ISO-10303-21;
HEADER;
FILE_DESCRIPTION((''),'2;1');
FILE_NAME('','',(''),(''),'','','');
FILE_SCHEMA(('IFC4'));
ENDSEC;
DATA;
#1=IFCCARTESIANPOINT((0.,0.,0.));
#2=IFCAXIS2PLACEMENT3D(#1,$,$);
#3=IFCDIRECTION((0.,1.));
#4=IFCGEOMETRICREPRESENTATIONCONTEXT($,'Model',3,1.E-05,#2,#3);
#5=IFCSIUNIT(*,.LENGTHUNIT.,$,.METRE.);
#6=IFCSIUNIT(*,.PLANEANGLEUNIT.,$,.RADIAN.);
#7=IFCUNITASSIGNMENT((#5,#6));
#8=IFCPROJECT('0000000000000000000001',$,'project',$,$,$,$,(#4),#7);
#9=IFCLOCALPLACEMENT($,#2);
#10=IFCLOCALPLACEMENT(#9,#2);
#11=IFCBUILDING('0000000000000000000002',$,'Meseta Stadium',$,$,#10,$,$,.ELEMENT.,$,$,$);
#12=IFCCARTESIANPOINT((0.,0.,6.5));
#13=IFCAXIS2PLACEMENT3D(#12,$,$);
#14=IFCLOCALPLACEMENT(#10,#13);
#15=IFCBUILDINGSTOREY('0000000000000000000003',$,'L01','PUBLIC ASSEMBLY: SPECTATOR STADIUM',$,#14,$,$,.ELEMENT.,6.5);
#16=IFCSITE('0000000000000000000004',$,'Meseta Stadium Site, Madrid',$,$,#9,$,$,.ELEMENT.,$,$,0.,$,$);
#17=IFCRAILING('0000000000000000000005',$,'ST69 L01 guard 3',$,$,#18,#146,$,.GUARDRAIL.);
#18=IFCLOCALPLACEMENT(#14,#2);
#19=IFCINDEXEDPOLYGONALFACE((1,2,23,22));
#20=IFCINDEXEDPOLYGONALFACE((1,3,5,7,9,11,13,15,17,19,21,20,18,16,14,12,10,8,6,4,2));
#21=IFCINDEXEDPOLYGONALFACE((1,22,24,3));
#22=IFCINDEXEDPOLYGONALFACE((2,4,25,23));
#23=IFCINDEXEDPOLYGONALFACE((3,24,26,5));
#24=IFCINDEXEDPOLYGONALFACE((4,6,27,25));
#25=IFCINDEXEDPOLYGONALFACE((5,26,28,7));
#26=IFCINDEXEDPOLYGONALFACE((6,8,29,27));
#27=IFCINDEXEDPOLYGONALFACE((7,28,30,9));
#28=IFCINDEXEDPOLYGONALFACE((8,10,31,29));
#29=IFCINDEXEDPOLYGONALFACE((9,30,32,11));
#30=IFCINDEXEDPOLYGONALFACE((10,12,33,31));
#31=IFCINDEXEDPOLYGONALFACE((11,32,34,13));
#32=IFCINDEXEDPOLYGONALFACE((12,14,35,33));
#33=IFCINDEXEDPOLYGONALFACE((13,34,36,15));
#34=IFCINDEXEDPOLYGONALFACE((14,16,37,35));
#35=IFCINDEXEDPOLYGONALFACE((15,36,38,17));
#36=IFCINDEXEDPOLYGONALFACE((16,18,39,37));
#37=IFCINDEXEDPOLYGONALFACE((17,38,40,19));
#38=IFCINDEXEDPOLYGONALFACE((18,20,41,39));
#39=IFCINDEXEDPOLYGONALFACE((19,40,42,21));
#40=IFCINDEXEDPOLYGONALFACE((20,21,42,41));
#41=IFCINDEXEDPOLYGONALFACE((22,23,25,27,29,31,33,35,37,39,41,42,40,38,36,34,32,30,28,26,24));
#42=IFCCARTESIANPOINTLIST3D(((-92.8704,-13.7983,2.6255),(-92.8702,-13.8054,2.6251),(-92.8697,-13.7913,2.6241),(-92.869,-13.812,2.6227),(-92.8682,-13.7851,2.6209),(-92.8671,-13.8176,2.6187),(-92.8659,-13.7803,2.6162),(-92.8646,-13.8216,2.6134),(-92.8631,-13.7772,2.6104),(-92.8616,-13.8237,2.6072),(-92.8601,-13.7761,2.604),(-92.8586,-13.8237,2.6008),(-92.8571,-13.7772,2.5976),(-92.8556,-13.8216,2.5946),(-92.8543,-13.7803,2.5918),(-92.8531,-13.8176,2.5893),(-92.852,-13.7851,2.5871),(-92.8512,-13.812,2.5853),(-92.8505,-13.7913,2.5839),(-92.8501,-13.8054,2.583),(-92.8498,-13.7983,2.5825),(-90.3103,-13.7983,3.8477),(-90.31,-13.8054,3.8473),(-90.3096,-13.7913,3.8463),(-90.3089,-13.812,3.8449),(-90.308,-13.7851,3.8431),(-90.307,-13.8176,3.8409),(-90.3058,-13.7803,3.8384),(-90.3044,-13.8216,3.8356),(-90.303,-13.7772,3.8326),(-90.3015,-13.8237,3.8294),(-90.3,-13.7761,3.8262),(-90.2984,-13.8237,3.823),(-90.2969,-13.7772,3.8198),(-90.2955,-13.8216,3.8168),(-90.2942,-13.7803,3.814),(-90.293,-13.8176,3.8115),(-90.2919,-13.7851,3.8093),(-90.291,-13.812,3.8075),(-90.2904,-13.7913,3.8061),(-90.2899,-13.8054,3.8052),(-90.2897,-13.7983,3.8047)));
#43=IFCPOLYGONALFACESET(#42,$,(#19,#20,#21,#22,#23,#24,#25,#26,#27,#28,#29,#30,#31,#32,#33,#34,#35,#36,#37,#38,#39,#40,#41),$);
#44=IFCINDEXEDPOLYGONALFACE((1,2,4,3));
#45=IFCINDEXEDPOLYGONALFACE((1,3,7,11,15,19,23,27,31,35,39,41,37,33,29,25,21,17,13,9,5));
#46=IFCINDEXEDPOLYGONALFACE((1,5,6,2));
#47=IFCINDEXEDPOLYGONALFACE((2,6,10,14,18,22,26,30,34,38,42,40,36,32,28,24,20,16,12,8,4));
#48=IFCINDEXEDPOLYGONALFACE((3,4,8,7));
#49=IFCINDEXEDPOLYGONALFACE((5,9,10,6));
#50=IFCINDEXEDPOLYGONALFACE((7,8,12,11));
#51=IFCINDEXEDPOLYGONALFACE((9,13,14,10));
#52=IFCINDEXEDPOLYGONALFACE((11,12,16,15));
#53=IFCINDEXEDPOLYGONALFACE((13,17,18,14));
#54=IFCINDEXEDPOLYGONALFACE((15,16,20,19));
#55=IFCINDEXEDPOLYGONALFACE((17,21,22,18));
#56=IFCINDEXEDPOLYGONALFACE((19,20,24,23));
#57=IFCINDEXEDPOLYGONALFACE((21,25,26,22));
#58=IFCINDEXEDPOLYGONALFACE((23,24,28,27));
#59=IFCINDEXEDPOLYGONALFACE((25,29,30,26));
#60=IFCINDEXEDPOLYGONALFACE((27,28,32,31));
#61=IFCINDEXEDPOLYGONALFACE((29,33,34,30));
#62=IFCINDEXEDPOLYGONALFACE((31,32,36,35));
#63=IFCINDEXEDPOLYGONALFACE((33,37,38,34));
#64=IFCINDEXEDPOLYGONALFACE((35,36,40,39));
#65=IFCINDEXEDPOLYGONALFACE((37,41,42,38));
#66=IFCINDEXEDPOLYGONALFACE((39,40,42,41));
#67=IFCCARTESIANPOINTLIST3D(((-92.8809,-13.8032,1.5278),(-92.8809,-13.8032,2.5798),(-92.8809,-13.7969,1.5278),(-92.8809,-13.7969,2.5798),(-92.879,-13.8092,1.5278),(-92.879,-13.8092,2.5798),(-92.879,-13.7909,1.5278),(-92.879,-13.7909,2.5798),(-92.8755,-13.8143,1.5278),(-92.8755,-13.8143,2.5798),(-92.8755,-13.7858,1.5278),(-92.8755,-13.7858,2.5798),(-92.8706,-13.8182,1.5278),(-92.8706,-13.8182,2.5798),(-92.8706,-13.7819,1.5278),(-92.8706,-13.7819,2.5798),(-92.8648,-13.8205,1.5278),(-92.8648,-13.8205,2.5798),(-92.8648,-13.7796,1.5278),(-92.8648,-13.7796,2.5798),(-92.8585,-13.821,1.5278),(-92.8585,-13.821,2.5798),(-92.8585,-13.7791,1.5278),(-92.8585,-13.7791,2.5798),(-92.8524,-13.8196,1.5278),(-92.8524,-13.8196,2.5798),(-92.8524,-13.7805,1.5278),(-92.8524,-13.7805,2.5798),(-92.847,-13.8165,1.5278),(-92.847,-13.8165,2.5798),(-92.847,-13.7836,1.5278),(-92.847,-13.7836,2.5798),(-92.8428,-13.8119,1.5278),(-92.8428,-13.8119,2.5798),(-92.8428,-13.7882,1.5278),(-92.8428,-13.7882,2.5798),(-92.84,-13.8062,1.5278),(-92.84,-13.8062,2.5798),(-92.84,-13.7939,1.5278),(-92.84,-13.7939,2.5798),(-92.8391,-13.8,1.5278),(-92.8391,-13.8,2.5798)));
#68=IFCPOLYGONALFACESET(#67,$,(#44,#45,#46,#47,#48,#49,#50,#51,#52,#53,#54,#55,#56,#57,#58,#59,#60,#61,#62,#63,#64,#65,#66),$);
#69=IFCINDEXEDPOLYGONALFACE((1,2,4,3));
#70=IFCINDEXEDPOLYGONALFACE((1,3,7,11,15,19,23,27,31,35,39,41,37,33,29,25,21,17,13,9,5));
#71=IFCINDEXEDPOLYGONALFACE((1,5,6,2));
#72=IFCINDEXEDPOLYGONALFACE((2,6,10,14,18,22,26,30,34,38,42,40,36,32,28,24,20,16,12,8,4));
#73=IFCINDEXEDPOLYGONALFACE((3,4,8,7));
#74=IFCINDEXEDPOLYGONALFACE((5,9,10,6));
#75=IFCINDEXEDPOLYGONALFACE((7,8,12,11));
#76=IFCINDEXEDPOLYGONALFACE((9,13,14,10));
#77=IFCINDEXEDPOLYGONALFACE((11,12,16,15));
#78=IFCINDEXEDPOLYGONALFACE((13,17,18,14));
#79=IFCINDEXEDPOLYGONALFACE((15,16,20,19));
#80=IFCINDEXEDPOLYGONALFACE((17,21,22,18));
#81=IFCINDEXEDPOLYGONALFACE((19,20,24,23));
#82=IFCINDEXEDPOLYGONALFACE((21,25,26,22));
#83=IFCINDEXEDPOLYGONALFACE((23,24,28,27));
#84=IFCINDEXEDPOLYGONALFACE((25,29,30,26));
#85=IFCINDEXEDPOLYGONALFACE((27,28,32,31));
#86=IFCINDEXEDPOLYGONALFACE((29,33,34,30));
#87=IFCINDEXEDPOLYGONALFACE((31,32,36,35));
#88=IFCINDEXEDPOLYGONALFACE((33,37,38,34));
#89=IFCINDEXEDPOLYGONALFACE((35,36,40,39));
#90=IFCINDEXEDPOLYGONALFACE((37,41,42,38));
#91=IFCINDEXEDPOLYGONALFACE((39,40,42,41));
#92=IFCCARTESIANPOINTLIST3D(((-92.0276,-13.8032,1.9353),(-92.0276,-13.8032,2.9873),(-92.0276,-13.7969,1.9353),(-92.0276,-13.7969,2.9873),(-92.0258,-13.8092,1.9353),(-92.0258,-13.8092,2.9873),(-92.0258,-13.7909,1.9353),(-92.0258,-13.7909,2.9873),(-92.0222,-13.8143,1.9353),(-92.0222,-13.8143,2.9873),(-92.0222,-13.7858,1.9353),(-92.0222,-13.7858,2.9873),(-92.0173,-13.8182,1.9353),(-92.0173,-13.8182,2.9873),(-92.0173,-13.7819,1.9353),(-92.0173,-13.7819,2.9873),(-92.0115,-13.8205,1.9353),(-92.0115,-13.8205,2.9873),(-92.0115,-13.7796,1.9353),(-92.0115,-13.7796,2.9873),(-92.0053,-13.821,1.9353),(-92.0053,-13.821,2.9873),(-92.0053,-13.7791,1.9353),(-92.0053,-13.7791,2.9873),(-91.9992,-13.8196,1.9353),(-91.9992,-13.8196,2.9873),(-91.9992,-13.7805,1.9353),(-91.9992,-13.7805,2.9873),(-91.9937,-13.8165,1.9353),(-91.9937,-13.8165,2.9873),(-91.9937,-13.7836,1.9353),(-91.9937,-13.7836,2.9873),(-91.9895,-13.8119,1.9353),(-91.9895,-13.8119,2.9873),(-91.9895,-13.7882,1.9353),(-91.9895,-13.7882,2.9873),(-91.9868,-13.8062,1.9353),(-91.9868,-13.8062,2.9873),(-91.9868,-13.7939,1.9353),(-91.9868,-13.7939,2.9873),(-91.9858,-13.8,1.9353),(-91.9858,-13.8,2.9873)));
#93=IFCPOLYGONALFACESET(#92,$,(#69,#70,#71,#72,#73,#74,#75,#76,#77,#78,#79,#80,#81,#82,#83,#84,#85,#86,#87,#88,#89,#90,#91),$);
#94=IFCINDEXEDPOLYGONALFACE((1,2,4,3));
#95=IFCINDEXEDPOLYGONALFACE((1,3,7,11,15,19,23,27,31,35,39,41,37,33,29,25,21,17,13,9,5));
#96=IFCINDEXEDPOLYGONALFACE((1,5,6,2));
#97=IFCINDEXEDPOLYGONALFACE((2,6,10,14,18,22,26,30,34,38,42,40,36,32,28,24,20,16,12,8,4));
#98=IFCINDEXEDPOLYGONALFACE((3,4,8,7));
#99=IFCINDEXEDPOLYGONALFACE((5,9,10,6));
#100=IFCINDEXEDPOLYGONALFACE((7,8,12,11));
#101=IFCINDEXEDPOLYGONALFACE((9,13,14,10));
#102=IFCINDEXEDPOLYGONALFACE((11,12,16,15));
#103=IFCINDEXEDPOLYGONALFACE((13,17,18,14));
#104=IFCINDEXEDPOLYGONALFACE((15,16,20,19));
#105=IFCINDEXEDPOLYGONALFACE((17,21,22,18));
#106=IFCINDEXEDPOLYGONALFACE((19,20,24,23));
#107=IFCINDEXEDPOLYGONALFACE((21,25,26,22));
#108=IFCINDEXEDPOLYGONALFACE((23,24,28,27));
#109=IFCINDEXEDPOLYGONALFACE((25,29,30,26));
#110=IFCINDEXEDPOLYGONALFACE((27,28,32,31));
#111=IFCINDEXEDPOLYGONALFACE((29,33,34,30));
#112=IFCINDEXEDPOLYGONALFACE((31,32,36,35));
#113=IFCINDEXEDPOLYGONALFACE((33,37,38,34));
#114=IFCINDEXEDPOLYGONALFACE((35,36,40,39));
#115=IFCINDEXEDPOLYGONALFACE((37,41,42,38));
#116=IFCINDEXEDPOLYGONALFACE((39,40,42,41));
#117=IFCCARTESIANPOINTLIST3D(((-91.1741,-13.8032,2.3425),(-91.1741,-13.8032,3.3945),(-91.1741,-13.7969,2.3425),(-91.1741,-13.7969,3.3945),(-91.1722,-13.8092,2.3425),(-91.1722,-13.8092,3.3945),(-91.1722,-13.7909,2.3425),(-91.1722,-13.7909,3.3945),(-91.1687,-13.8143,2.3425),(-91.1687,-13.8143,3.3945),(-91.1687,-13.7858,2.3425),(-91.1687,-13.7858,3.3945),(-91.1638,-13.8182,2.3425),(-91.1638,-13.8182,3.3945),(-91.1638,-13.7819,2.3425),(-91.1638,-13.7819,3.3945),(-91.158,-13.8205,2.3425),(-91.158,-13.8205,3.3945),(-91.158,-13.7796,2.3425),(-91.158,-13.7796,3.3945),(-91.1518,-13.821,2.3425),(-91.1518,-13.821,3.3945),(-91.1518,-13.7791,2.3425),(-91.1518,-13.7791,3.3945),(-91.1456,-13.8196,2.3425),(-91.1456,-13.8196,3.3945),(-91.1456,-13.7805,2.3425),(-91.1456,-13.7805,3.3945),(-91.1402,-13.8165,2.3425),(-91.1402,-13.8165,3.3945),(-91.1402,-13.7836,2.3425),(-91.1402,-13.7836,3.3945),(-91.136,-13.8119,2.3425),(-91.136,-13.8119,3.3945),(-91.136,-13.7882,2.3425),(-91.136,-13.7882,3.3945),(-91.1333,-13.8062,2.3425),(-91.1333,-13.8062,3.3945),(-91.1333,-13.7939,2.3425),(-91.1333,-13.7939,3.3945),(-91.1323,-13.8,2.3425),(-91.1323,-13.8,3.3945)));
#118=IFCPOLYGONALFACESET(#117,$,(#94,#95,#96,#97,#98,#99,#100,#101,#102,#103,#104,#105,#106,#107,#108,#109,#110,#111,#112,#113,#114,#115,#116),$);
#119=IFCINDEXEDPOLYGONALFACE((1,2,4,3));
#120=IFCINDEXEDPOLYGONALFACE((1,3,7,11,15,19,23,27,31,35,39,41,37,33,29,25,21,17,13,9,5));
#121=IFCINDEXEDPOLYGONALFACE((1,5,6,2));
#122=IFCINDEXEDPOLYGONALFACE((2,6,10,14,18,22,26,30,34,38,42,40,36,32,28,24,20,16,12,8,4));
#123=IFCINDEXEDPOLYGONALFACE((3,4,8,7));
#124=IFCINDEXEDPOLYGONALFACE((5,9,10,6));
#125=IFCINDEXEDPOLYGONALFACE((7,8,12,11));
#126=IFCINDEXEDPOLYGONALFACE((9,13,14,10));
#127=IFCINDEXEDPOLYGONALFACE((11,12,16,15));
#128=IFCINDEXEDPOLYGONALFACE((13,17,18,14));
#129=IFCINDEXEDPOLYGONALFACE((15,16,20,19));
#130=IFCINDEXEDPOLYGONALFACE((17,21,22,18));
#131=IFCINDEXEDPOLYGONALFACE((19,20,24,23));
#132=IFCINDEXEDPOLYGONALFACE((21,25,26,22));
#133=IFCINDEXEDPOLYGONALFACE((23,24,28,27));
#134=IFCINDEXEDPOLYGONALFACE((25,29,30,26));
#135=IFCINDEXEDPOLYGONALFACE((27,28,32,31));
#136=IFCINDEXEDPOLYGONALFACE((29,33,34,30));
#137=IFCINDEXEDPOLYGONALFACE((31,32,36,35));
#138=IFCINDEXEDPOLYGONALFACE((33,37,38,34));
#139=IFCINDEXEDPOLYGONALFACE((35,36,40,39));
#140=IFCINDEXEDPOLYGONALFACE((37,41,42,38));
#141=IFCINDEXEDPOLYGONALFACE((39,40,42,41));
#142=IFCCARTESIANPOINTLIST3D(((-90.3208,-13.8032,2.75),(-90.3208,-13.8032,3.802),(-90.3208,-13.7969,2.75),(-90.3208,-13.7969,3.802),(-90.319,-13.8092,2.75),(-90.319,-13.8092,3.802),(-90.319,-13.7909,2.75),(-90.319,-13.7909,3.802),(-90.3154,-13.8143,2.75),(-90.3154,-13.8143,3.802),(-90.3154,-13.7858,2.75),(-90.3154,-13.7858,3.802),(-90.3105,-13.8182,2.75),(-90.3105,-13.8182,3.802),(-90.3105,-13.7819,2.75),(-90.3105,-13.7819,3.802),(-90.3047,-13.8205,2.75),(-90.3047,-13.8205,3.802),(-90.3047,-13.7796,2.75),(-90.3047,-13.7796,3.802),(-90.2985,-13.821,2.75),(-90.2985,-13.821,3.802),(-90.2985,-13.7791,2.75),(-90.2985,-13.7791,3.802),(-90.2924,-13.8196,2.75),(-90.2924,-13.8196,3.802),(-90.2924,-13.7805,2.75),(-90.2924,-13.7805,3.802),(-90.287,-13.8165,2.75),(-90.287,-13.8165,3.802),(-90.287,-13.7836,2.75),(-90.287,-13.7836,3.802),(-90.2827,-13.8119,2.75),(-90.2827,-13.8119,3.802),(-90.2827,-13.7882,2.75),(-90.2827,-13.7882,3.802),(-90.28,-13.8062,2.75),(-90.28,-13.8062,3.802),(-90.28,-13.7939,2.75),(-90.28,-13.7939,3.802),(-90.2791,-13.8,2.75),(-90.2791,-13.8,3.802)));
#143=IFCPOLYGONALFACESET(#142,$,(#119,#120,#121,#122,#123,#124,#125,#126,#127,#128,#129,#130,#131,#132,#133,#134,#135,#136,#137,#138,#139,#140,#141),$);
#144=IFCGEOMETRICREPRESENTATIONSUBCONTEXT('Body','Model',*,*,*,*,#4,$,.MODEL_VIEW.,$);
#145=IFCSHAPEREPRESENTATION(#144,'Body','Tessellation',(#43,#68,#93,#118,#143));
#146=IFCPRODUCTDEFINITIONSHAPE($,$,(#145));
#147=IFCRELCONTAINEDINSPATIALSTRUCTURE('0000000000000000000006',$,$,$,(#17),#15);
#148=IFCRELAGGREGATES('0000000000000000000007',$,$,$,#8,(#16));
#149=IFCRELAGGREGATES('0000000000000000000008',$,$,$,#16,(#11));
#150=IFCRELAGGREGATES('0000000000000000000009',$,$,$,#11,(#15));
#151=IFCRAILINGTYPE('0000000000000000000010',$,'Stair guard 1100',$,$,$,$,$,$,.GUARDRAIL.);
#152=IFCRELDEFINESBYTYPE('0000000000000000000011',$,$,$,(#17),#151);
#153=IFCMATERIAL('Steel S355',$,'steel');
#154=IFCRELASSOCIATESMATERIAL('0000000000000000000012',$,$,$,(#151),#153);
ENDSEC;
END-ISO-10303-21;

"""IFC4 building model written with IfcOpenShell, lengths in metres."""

from ifc_helpers import new_model, si_unit, direction, frame, origin, origin_2d, place, context, subcontext, project, spatial, circle, extrude, material, type_object, element, save


model = new_model("IFC4")

# Units and contexts
model_context = context("Model", 3, precision=1e-05, world=origin(), true_north=direction((0.0, 1.0)))
body_context = subcontext(model_context, "Body", "Model", "MODEL_VIEW")
ifc_project = project(units=[si_unit("LENGTHUNIT", "METRE"), si_unit("PLANEANGLEUNIT", "RADIAN")], contexts=[model_context])

# Site, building, storey
site_placement = place(None, origin())
site = spatial("IfcSite", under=ifc_project, at=site_placement, Name="Meseta Stadium Site, Madrid", CompositionType="ELEMENT", RefElevation=0.0)
building_placement = place(site_placement, origin())
building = spatial("IfcBuilding", under=site, at=building_placement, Name="Meseta Stadium", CompositionType="ELEMENT")
storey_placement = place(building_placement, frame((0.0, 0.0, 6.5)))
storey = spatial("IfcBuildingStorey", under=building, at=storey_placement, Name="L01", Description="PUBLIC ASSEMBLY: SPECTATOR STADIUM", CompositionType="ELEMENT", Elevation=6.5)

# Railing
ifc_material_1 = material(Name="Steel S355", Category="steel")
railing_type_1 = type_object("IfcRailingType", Name="Stair guard 1100", PredefinedType="GUARDRAIL", material=ifc_material_1)
railing_1_placement = place(storey_placement, frame((-92.8601, -13.8, 1.5278)))
element("IfcRailing", 1, at=railing_1_placement, inside=storey, type_object=railing_type_1, Name="ST69 L01 guard 3", PredefinedType="GUARDRAIL", context=body_context, shape_type="SweptSolid", body=[
    extrude(circle(Radius=0.0239, at=origin_2d()), frame((0.0, 0.0, 1.0762), z_axis=(0.902437, 0.0, 0.430822), x_axis=(0.0, 1.0, 0.0)), (0.0, 0.0, 1.0), 2.8369),
    extrude(circle(Radius=0.021, at=origin_2d()), origin(), (0.0, 0.0, 1.0), 1.052),
    extrude(circle(Radius=0.021, at=origin_2d()), frame((0.8533, 0.0, 0.4075)), (0.0, 0.0, 1.0), 1.052),
    extrude(circle(Radius=0.021, at=origin_2d()), frame((1.7068, 0.0, 0.8147)), (0.0, 0.0, 1.0), 1.052),
    extrude(circle(Radius=0.021, at=origin_2d()), frame((2.5601, 0.0, 1.2222)), (0.0, 0.0, 1.0), 1.052),
])

save(model, "model.ifc")
